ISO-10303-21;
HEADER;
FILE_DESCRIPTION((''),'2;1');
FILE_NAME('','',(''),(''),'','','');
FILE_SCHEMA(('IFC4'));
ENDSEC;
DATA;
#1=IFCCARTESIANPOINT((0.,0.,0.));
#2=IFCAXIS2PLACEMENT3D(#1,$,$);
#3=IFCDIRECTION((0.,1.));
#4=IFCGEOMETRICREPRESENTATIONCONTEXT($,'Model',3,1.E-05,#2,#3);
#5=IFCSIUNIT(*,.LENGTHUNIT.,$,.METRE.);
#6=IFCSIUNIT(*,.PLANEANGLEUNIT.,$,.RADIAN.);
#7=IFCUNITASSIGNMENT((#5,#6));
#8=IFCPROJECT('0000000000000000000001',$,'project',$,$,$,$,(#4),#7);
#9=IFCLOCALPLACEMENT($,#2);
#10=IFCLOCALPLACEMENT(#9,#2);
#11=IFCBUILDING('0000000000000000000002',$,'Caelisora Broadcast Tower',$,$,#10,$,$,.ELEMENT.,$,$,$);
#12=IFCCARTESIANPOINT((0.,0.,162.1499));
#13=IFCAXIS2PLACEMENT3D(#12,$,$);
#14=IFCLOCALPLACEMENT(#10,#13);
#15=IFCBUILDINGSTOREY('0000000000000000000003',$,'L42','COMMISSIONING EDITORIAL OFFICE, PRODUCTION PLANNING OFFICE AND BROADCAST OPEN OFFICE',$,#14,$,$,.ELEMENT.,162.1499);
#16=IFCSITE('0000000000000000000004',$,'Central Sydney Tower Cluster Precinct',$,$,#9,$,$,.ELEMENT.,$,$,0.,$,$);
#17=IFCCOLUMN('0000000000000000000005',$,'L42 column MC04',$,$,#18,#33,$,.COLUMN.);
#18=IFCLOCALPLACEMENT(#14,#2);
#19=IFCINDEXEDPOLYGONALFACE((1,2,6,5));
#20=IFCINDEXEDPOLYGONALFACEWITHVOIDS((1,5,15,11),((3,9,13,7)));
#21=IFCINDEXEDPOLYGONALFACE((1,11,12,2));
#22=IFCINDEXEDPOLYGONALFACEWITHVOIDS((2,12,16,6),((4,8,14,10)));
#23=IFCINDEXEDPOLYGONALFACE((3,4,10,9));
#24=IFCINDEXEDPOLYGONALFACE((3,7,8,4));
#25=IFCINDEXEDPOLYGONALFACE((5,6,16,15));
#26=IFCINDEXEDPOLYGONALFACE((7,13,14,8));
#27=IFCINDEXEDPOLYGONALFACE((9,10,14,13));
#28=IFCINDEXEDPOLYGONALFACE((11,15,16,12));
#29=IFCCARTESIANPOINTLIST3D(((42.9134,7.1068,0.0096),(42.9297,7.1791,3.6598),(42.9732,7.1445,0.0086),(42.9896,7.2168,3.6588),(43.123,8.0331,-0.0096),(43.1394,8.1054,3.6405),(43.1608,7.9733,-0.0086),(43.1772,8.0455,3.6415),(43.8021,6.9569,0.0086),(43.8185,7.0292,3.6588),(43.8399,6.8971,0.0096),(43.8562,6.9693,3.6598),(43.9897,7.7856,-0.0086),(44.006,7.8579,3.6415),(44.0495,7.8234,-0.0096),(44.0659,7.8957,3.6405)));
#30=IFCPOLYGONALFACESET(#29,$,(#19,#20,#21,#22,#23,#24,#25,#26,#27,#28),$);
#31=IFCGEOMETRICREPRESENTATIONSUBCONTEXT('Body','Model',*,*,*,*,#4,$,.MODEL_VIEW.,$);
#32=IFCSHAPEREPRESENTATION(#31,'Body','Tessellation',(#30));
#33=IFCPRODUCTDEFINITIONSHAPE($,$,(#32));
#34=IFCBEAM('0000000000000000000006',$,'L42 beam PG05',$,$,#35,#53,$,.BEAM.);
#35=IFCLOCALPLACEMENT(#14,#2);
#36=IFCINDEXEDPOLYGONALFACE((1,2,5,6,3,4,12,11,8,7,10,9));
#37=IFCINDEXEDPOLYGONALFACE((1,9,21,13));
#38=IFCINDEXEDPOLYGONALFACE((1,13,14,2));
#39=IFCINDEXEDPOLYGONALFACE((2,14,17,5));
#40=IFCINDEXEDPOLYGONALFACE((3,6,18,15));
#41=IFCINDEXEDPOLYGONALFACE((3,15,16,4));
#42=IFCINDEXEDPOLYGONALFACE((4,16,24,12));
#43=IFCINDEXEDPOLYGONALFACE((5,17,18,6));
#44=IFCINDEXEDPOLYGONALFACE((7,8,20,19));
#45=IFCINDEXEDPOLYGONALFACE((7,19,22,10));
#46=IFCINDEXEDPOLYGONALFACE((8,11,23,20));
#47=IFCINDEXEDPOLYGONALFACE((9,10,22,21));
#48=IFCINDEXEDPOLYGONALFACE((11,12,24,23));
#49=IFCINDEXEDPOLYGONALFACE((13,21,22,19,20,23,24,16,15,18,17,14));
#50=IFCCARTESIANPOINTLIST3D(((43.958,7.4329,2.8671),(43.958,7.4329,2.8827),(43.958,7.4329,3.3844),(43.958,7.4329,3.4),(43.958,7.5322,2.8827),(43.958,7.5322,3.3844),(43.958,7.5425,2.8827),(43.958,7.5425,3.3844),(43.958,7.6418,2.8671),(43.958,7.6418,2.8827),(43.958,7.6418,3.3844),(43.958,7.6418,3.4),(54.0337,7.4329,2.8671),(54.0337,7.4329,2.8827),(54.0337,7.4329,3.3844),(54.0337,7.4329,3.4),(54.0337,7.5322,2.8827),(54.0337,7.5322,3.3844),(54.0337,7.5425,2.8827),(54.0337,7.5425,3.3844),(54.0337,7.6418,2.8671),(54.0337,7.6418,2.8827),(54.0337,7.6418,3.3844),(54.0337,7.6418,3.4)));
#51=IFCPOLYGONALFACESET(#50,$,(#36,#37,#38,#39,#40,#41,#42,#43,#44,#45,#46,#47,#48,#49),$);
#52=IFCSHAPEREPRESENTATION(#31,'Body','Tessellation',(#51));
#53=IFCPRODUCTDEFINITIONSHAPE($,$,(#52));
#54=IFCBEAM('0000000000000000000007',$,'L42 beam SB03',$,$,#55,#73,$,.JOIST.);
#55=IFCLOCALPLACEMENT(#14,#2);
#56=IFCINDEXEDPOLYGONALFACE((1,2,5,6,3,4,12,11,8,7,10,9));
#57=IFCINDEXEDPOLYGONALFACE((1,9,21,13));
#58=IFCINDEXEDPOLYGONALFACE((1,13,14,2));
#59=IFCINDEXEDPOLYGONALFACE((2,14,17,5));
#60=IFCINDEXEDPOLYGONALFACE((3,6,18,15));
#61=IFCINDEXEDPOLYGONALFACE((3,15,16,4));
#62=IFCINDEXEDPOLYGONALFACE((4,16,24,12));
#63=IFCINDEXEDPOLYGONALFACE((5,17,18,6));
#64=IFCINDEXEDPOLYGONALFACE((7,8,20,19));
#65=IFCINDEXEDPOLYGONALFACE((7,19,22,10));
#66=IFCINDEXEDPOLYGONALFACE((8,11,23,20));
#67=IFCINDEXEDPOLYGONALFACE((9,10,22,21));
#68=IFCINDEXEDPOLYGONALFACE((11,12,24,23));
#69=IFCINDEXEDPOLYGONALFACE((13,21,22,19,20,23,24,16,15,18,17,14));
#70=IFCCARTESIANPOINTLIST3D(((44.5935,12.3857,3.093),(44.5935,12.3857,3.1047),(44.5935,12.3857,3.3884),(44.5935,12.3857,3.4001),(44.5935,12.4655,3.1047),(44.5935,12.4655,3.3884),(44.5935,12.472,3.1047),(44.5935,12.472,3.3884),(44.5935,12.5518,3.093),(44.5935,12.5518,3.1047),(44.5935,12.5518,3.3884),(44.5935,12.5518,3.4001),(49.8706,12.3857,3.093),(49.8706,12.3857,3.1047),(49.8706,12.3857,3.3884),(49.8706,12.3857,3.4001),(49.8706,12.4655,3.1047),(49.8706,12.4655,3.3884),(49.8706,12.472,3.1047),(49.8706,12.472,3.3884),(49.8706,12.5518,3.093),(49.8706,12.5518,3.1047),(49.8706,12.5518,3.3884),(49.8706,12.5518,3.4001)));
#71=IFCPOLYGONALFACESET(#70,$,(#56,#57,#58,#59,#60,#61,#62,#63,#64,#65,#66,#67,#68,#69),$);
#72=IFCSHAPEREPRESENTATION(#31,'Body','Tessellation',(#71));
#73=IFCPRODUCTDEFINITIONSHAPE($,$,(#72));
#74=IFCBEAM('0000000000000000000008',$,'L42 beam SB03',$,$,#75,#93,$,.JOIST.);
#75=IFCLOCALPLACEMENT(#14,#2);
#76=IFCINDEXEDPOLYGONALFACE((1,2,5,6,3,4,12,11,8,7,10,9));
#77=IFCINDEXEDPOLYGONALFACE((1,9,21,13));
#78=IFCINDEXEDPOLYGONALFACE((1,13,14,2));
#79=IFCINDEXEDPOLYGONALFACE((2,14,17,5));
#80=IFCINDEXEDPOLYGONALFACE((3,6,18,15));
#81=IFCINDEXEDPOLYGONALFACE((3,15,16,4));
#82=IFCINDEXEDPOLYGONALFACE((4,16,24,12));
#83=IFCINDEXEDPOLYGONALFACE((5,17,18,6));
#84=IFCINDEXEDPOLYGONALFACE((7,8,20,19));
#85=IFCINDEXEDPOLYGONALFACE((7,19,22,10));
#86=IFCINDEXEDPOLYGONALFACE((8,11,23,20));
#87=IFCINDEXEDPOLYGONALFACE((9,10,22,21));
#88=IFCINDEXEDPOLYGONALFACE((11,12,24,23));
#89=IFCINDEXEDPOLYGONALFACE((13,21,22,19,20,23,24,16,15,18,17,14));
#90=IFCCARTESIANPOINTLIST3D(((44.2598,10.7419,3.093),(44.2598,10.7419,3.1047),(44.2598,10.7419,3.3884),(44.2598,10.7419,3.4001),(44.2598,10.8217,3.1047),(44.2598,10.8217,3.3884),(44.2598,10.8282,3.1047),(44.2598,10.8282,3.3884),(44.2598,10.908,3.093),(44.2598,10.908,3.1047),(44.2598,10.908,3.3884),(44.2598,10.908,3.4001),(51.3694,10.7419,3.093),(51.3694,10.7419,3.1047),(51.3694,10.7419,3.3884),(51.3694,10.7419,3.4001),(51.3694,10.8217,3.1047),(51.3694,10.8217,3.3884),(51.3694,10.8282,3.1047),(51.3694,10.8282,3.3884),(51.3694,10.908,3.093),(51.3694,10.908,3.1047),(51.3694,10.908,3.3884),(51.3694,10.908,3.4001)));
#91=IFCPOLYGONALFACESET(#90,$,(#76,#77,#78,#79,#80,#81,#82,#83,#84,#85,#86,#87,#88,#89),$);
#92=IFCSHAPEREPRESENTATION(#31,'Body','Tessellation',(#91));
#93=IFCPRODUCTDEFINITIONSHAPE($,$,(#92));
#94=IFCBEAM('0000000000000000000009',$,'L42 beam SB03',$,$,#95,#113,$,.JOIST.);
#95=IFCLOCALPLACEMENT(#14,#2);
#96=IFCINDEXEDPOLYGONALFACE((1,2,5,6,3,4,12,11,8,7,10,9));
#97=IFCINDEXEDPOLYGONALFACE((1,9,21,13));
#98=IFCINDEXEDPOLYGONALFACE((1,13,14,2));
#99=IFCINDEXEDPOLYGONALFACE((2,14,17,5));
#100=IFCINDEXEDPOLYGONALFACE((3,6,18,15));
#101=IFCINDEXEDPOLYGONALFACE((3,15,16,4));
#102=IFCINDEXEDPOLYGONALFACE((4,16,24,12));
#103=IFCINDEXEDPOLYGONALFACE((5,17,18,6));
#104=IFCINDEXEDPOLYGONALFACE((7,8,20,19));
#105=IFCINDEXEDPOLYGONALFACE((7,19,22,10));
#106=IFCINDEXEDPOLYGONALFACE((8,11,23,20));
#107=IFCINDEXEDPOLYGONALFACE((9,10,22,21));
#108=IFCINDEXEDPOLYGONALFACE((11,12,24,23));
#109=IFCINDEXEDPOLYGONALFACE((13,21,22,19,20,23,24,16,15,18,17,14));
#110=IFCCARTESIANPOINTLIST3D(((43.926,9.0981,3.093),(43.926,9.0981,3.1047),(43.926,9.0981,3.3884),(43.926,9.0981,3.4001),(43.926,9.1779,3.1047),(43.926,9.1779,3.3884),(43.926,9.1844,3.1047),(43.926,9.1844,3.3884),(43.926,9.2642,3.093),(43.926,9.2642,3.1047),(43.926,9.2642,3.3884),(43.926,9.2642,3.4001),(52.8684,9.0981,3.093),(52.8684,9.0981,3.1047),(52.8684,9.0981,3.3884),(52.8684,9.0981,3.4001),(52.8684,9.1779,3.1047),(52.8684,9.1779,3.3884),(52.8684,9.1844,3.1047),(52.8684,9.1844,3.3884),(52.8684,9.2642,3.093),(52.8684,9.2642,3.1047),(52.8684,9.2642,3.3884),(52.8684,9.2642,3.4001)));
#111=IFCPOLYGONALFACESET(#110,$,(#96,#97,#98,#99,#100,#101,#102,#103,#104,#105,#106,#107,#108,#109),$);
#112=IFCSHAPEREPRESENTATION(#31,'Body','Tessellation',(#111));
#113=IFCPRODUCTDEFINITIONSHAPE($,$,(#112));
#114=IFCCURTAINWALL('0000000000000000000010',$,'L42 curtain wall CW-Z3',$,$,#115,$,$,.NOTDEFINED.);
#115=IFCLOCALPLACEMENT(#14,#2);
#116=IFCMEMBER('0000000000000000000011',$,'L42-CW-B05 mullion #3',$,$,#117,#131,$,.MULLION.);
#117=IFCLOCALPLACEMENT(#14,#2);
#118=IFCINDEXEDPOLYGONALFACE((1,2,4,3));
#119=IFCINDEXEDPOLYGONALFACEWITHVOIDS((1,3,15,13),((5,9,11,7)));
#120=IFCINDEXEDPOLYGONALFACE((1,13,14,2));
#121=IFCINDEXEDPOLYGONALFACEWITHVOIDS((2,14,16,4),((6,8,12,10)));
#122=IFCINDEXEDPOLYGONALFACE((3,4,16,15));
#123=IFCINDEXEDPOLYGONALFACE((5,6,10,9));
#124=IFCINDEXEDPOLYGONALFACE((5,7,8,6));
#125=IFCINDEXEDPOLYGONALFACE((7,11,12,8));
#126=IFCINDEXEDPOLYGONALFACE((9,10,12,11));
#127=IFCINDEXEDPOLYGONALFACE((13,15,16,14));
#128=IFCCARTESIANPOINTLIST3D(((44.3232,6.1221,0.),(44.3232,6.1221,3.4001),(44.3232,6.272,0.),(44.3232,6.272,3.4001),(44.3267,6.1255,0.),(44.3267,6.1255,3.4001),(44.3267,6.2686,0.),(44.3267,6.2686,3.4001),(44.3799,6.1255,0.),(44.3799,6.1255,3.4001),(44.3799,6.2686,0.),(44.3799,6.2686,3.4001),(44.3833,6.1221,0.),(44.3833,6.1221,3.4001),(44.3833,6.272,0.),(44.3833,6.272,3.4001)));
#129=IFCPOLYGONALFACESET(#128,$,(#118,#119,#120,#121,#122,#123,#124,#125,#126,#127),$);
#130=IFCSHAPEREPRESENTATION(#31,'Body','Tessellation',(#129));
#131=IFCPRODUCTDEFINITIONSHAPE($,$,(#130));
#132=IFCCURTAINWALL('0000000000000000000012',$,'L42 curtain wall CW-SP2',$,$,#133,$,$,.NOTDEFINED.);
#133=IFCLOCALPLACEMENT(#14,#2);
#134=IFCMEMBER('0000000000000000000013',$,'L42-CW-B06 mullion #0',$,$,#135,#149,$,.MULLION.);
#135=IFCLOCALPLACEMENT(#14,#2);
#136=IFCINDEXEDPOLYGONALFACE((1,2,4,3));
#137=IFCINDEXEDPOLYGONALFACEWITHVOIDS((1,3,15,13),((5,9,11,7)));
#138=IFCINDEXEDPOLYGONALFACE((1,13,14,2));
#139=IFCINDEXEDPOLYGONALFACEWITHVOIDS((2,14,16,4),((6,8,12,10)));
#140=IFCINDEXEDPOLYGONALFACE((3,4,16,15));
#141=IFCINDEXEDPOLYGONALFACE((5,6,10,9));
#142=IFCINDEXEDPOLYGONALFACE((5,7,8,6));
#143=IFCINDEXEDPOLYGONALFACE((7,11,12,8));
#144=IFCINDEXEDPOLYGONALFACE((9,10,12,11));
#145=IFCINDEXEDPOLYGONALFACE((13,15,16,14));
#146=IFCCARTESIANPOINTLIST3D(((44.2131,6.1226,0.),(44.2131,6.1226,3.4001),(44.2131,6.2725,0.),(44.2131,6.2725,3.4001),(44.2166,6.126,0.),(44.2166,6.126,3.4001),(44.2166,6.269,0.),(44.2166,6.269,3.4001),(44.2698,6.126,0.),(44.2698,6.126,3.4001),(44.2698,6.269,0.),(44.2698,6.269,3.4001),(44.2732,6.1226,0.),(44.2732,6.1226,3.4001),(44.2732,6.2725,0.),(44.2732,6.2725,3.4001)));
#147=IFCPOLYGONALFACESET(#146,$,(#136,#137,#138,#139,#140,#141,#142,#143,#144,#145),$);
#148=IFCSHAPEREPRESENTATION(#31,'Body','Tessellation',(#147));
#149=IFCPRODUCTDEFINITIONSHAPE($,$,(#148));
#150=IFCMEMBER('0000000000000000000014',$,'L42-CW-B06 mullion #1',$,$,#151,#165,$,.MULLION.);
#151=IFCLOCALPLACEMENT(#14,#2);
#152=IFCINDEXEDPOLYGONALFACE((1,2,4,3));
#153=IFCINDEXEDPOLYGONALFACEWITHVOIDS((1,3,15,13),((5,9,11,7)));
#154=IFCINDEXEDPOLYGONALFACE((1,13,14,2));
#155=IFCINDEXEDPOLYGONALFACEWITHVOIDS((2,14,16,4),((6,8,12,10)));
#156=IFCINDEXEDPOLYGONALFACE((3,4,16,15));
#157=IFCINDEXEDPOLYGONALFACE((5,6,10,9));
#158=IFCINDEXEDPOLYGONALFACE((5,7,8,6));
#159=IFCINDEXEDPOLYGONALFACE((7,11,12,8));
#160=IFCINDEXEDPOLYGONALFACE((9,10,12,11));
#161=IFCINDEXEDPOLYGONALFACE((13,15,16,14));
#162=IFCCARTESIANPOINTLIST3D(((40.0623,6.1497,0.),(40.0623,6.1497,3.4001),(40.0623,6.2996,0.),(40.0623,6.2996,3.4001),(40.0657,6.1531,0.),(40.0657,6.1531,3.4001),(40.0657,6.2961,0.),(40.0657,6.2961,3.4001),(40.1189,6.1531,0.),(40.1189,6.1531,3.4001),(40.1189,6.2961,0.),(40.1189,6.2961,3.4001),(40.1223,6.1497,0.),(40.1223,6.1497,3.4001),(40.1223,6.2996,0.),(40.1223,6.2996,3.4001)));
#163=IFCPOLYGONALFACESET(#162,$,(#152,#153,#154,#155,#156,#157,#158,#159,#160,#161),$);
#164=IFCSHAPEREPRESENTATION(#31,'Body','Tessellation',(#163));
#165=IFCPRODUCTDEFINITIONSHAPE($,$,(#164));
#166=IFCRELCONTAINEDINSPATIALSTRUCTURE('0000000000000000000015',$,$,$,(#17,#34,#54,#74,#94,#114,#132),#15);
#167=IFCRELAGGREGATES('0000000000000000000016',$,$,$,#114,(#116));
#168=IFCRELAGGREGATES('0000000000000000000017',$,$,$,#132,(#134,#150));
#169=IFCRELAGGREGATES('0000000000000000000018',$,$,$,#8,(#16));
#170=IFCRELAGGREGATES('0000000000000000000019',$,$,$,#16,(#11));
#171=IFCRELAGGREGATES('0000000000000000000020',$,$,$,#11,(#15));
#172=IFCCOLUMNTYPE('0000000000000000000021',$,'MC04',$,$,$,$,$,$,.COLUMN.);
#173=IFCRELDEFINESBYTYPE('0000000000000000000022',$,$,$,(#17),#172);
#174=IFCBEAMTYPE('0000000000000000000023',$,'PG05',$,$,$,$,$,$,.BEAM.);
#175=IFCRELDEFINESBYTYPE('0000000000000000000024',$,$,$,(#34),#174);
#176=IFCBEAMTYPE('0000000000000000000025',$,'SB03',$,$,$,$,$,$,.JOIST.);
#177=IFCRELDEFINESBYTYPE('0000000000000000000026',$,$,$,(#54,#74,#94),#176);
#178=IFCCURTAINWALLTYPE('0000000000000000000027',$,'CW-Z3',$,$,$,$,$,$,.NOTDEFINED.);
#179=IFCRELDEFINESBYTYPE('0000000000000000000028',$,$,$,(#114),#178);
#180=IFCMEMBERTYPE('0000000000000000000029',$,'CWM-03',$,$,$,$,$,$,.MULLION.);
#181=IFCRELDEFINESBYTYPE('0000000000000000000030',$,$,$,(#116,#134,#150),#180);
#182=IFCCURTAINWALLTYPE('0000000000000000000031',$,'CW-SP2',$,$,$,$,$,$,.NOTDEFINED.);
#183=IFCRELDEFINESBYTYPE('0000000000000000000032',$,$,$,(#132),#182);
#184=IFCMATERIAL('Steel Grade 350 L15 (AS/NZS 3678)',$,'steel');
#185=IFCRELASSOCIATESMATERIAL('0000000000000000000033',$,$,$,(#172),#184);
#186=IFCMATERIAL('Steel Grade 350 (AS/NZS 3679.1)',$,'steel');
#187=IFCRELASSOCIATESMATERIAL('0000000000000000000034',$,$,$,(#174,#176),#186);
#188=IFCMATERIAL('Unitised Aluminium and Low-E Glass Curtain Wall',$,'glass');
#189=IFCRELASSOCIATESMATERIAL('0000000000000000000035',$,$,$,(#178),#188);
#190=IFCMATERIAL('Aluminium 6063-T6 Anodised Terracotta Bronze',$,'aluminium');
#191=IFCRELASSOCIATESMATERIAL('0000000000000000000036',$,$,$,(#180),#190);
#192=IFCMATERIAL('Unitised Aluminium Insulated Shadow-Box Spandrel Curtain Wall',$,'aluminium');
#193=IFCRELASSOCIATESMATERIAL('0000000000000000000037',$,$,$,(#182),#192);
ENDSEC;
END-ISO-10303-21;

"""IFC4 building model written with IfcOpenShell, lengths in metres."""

from ifc_helpers import new_model, si_unit, direction, frame, origin, origin_2d, place, context, subcontext, project, spatial, hollow_rectangle, i_section, extrude, source, transform, mapped, material, material_profile, profile_set, type_object, type_shapes, element, aggregate, save


model = new_model("IFC4")

# Units and contexts
model_context = context("Model", 3, precision=1e-05, world=origin(), true_north=direction((0.0, 1.0)))
body_context = subcontext(model_context, "Body", "Model", "MODEL_VIEW")
ifc_project = project(units=[si_unit("LENGTHUNIT", "METRE"), si_unit("PLANEANGLEUNIT", "RADIAN")], contexts=[model_context])

# Site, building, storey
site_placement = place(None, origin())
site = spatial("IfcSite", under=ifc_project, at=site_placement, Name="Central Sydney Tower Cluster Precinct", CompositionType="ELEMENT", RefElevation=0.0)
building_placement = place(site_placement, origin())
building = spatial("IfcBuilding", under=site, at=building_placement, Name="Caelisora Broadcast Tower", CompositionType="ELEMENT")
storey_placement = place(building_placement, frame((0.0, 0.0, 162.1499)))
storey = spatial("IfcBuildingStorey", under=building, at=storey_placement, Name="L42", Description="COMMISSIONING EDITORIAL OFFICE, PRODUCTION PLANNING OFFICE AND BROADCAST OPEN OFFICE", CompositionType="ELEMENT", Elevation=162.1499)

# Column
ifc_material_1 = material(Name="Steel Grade 350 L15 (AS/NZS 3678)", Category="steel")
ifc_material_profile_1 = material_profile(ifc_material_1, hollow_rectangle(XDim=0.95, YDim=0.95, WallThickness=0.05, at=origin_2d()), Name="Steel Grade 350 L15 (AS/NZS 3678)")
ifc_profile_set_1 = profile_set([ifc_material_profile_1], Name="Steel Grade 350 L15 (AS/NZS 3678)")
column_type = type_object("IfcColumnType", Name="MC04", PredefinedType="COLUMN", material=ifc_profile_set_1)
shared_shape_1 = source(origin(), body_context, "Body", "SweptSolid", [
    extrude(hollow_rectangle(XDim=0.95, YDim=0.95, WallThickness=0.05, at=origin_2d()), origin(), (0.0, 0.0, 1.0), 3.6509),
])
type_shapes(column_type, [shared_shape_1])
column_placement = place(storey_placement, frame((43.4814, 7.4651, 0.0), z_axis=(0.00448, 0.019794, 0.999794), x_axis=(-0.975327, 0.220767, 0.0)))
element("IfcColumn", 1, at=column_placement, inside=storey, type_object=column_type, Name="L42 column MC04", PredefinedType="COLUMN", context=body_context, shape_type="MappedRepresentation", body=[
    mapped(shared_shape_1, transform((0.0, 0.0, 0.0), scale=1.0)),
])

# Beams
ifc_material_2 = material(Name="Steel Grade 350 (AS/NZS 3679.1)", Category="steel")
ifc_material_profile_2 = material_profile(ifc_material_2, i_section(OverallWidth=0.209, OverallDepth=0.533, WebThickness=0.0103, FlangeThickness=0.0156, at=origin_2d()), Name="Steel Grade 350 (AS/NZS 3679.1)")
ifc_profile_set_2 = profile_set([ifc_material_profile_2], Name="Steel Grade 350 (AS/NZS 3679.1)")
beam_type_1 = type_object("IfcBeamType", Name="PG05", PredefinedType="BEAM", material=ifc_profile_set_2)
shared_shape_2 = source(origin(), body_context, "Body", "SweptSolid", [
    extrude(i_section(OverallWidth=0.209, OverallDepth=0.533, WebThickness=0.0103, FlangeThickness=0.0156, at=origin_2d()), origin(), (0.0, 0.0, 1.0), 10.0757),
])
type_shapes(beam_type_1, [shared_shape_2])
beam_1_placement = place(storey_placement, frame((43.958, 7.5374, 3.1335), z_axis=(1.0, 0.0, 0.0), x_axis=(0.0, 1.0, 0.0)))
element("IfcBeam", 2, at=beam_1_placement, inside=storey, type_object=beam_type_1, Name="L42 beam PG05", PredefinedType="BEAM", context=body_context, shape_type="MappedRepresentation", body=[
    mapped(shared_shape_2, transform((0.0, 0.0, 0.0), scale=1.0)),
])
ifc_material_profile_3 = material_profile(ifc_material_2, i_section(OverallWidth=0.166, OverallDepth=0.3071, WebThickness=0.0066, FlangeThickness=0.0117, at=origin_2d()), Name="Steel Grade 350 (AS/NZS 3679.1)")
ifc_profile_set_3 = profile_set([ifc_material_profile_3], Name="Steel Grade 350 (AS/NZS 3679.1)")
beam_type_2 = type_object("IfcBeamType", Name="SB03", PredefinedType="JOIST", material=ifc_profile_set_3)
shared_shape_3 = source(origin(), body_context, "Body", "SweptSolid", [
    extrude(i_section(OverallWidth=0.166, OverallDepth=0.3071, WebThickness=0.0066, FlangeThickness=0.0117, at=origin_2d()), origin(), (0.0, 0.0, 1.0), 5.2771),
])
beam_2_placement = place(storey_placement, frame((44.5935, 12.4688, 3.2466), z_axis=(1.0, 0.0, 0.0), x_axis=(0.0, 1.0, 0.0)))
element("IfcBeam", 3, at=beam_2_placement, inside=storey, type_object=beam_type_2, Name="L42 beam SB03", PredefinedType="JOIST", context=body_context, shape_type="MappedRepresentation", body=[
    mapped(shared_shape_3, transform((0.0, 0.0, 0.0), scale=1.0)),
])
shared_shape_4 = source(origin(), body_context, "Body", "SweptSolid", [
    extrude(i_section(OverallWidth=0.166, OverallDepth=0.3071, WebThickness=0.0066, FlangeThickness=0.0117, at=origin_2d()), origin(), (0.0, 0.0, 1.0), 7.1096),
])
beam_3_placement = place(storey_placement, frame((44.2598, 10.825, 3.2466), z_axis=(1.0, 0.0, 0.0), x_axis=(0.0, 1.0, 0.0)))
element("IfcBeam", 4, at=beam_3_placement, inside=storey, type_object=beam_type_2, Name="L42 beam SB03", PredefinedType="JOIST", context=body_context, shape_type="MappedRepresentation", body=[
    mapped(shared_shape_4, transform((0.0, 0.0, 0.0), scale=1.0)),
])
shared_shape_5 = source(origin(), body_context, "Body", "SweptSolid", [
    extrude(i_section(OverallWidth=0.166, OverallDepth=0.3071, WebThickness=0.0066, FlangeThickness=0.0117, at=origin_2d()), origin(), (0.0, 0.0, 1.0), 8.9424),
])
type_shapes(beam_type_2, [shared_shape_3, shared_shape_4, shared_shape_5])
beam_4_placement = place(storey_placement, frame((43.926, 9.1812, 3.2466), z_axis=(1.0, 0.0, 0.0), x_axis=(0.0, 1.0, 0.0)))
element("IfcBeam", 5, at=beam_4_placement, inside=storey, type_object=beam_type_2, Name="L42 beam SB03", PredefinedType="JOIST", context=body_context, shape_type="MappedRepresentation", body=[
    mapped(shared_shape_5, transform((0.0, 0.0, 0.0), scale=1.0)),
])

# Curtain wall, member
ifc_material_3 = material(Name="Unitised Aluminium and Low-E Glass Curtain Wall", Category="glass")
curtain_wall_type_1 = type_object("IfcCurtainWallType", Name="CW-Z3", PredefinedType="NOTDEFINED", material=ifc_material_3)
curtain_wall_1_placement = place(storey_placement, origin())
curtain_wall_1 = element("IfcCurtainWall", 6, at=curtain_wall_1_placement, inside=storey, type_object=curtain_wall_type_1, Name="L42 curtain wall CW-Z3", PredefinedType="NOTDEFINED")
ifc_material_4 = material(Name="Aluminium 6063-T6 Anodised Terracotta Bronze", Category="aluminium")
ifc_material_profile_4 = material_profile(ifc_material_4, hollow_rectangle(XDim=0.0601, YDim=0.1499, WallThickness=0.0034, at=origin_2d()), Name="Aluminium 6063-T6 Anodised Terracotta Bronze")
ifc_profile_set_4 = profile_set([ifc_material_profile_4], Name="Aluminium 6063-T6 Anodised Terracotta Bronze")
member_type_1 = type_object("IfcMemberType", Name="CWM-03", PredefinedType="MULLION", material=ifc_profile_set_4)
shared_shape_6 = source(origin(), body_context, "Body", "SweptSolid", [
    extrude(hollow_rectangle(XDim=0.0601, YDim=0.1499, WallThickness=0.0034, at=origin_2d()), origin(), (0.0, 0.0, 1.0), 3.4001),
])
type_shapes(member_type_1, [shared_shape_6])
member_1_placement = place(storey_placement, frame((44.3533, 6.197, 0.0), z_axis=(0.0, 0.0, 1.0), x_axis=(1.0, 0.0, 0.0)))
member_1 = element("IfcMember", 7, at=member_1_placement, type_object=member_type_1, Name="L42-CW-B05 mullion #3", PredefinedType="MULLION", context=body_context, shape_type="MappedRepresentation", body=[
    mapped(shared_shape_6, transform((0.0, 0.0, 0.0), scale=1.0)),
])
aggregate(curtain_wall_1, [member_1])

# Curtain wall, members
ifc_material_5 = material(Name="Unitised Aluminium Insulated Shadow-Box Spandrel Curtain Wall", Category="aluminium")
curtain_wall_type_2 = type_object("IfcCurtainWallType", Name="CW-SP2", PredefinedType="NOTDEFINED", material=ifc_material_5)
curtain_wall_2_placement = place(storey_placement, origin())
curtain_wall_2 = element("IfcCurtainWall", 8, at=curtain_wall_2_placement, inside=storey, type_object=curtain_wall_type_2, Name="L42 curtain wall CW-SP2", PredefinedType="NOTDEFINED")
member_2_placement = place(storey_placement, frame((44.2432, 6.1975, 0.0), z_axis=(0.0, 0.0, 1.0), x_axis=(1.0, 0.0, 0.0)))
member_2 = element("IfcMember", 9, at=member_2_placement, type_object=member_type_1, Name="L42-CW-B06 mullion #0", PredefinedType="MULLION", context=body_context, shape_type="MappedRepresentation", body=[
    mapped(shared_shape_6, transform((0.0, 0.0, 0.0), scale=1.0)),
])
member_3_placement = place(storey_placement, frame((40.0923, 6.2246, 0.0), z_axis=(0.0, 0.0, 1.0), x_axis=(1.0, 0.0, 0.0)))
member_3 = element("IfcMember", 10, at=member_3_placement, type_object=member_type_1, Name="L42-CW-B06 mullion #1", PredefinedType="MULLION", context=body_context, shape_type="MappedRepresentation", body=[
    mapped(shared_shape_6, transform((0.0, 0.0, 0.0), scale=1.0)),
])

aggregate(curtain_wall_2, [member_2, member_3])

save(model, "model.ifc")
